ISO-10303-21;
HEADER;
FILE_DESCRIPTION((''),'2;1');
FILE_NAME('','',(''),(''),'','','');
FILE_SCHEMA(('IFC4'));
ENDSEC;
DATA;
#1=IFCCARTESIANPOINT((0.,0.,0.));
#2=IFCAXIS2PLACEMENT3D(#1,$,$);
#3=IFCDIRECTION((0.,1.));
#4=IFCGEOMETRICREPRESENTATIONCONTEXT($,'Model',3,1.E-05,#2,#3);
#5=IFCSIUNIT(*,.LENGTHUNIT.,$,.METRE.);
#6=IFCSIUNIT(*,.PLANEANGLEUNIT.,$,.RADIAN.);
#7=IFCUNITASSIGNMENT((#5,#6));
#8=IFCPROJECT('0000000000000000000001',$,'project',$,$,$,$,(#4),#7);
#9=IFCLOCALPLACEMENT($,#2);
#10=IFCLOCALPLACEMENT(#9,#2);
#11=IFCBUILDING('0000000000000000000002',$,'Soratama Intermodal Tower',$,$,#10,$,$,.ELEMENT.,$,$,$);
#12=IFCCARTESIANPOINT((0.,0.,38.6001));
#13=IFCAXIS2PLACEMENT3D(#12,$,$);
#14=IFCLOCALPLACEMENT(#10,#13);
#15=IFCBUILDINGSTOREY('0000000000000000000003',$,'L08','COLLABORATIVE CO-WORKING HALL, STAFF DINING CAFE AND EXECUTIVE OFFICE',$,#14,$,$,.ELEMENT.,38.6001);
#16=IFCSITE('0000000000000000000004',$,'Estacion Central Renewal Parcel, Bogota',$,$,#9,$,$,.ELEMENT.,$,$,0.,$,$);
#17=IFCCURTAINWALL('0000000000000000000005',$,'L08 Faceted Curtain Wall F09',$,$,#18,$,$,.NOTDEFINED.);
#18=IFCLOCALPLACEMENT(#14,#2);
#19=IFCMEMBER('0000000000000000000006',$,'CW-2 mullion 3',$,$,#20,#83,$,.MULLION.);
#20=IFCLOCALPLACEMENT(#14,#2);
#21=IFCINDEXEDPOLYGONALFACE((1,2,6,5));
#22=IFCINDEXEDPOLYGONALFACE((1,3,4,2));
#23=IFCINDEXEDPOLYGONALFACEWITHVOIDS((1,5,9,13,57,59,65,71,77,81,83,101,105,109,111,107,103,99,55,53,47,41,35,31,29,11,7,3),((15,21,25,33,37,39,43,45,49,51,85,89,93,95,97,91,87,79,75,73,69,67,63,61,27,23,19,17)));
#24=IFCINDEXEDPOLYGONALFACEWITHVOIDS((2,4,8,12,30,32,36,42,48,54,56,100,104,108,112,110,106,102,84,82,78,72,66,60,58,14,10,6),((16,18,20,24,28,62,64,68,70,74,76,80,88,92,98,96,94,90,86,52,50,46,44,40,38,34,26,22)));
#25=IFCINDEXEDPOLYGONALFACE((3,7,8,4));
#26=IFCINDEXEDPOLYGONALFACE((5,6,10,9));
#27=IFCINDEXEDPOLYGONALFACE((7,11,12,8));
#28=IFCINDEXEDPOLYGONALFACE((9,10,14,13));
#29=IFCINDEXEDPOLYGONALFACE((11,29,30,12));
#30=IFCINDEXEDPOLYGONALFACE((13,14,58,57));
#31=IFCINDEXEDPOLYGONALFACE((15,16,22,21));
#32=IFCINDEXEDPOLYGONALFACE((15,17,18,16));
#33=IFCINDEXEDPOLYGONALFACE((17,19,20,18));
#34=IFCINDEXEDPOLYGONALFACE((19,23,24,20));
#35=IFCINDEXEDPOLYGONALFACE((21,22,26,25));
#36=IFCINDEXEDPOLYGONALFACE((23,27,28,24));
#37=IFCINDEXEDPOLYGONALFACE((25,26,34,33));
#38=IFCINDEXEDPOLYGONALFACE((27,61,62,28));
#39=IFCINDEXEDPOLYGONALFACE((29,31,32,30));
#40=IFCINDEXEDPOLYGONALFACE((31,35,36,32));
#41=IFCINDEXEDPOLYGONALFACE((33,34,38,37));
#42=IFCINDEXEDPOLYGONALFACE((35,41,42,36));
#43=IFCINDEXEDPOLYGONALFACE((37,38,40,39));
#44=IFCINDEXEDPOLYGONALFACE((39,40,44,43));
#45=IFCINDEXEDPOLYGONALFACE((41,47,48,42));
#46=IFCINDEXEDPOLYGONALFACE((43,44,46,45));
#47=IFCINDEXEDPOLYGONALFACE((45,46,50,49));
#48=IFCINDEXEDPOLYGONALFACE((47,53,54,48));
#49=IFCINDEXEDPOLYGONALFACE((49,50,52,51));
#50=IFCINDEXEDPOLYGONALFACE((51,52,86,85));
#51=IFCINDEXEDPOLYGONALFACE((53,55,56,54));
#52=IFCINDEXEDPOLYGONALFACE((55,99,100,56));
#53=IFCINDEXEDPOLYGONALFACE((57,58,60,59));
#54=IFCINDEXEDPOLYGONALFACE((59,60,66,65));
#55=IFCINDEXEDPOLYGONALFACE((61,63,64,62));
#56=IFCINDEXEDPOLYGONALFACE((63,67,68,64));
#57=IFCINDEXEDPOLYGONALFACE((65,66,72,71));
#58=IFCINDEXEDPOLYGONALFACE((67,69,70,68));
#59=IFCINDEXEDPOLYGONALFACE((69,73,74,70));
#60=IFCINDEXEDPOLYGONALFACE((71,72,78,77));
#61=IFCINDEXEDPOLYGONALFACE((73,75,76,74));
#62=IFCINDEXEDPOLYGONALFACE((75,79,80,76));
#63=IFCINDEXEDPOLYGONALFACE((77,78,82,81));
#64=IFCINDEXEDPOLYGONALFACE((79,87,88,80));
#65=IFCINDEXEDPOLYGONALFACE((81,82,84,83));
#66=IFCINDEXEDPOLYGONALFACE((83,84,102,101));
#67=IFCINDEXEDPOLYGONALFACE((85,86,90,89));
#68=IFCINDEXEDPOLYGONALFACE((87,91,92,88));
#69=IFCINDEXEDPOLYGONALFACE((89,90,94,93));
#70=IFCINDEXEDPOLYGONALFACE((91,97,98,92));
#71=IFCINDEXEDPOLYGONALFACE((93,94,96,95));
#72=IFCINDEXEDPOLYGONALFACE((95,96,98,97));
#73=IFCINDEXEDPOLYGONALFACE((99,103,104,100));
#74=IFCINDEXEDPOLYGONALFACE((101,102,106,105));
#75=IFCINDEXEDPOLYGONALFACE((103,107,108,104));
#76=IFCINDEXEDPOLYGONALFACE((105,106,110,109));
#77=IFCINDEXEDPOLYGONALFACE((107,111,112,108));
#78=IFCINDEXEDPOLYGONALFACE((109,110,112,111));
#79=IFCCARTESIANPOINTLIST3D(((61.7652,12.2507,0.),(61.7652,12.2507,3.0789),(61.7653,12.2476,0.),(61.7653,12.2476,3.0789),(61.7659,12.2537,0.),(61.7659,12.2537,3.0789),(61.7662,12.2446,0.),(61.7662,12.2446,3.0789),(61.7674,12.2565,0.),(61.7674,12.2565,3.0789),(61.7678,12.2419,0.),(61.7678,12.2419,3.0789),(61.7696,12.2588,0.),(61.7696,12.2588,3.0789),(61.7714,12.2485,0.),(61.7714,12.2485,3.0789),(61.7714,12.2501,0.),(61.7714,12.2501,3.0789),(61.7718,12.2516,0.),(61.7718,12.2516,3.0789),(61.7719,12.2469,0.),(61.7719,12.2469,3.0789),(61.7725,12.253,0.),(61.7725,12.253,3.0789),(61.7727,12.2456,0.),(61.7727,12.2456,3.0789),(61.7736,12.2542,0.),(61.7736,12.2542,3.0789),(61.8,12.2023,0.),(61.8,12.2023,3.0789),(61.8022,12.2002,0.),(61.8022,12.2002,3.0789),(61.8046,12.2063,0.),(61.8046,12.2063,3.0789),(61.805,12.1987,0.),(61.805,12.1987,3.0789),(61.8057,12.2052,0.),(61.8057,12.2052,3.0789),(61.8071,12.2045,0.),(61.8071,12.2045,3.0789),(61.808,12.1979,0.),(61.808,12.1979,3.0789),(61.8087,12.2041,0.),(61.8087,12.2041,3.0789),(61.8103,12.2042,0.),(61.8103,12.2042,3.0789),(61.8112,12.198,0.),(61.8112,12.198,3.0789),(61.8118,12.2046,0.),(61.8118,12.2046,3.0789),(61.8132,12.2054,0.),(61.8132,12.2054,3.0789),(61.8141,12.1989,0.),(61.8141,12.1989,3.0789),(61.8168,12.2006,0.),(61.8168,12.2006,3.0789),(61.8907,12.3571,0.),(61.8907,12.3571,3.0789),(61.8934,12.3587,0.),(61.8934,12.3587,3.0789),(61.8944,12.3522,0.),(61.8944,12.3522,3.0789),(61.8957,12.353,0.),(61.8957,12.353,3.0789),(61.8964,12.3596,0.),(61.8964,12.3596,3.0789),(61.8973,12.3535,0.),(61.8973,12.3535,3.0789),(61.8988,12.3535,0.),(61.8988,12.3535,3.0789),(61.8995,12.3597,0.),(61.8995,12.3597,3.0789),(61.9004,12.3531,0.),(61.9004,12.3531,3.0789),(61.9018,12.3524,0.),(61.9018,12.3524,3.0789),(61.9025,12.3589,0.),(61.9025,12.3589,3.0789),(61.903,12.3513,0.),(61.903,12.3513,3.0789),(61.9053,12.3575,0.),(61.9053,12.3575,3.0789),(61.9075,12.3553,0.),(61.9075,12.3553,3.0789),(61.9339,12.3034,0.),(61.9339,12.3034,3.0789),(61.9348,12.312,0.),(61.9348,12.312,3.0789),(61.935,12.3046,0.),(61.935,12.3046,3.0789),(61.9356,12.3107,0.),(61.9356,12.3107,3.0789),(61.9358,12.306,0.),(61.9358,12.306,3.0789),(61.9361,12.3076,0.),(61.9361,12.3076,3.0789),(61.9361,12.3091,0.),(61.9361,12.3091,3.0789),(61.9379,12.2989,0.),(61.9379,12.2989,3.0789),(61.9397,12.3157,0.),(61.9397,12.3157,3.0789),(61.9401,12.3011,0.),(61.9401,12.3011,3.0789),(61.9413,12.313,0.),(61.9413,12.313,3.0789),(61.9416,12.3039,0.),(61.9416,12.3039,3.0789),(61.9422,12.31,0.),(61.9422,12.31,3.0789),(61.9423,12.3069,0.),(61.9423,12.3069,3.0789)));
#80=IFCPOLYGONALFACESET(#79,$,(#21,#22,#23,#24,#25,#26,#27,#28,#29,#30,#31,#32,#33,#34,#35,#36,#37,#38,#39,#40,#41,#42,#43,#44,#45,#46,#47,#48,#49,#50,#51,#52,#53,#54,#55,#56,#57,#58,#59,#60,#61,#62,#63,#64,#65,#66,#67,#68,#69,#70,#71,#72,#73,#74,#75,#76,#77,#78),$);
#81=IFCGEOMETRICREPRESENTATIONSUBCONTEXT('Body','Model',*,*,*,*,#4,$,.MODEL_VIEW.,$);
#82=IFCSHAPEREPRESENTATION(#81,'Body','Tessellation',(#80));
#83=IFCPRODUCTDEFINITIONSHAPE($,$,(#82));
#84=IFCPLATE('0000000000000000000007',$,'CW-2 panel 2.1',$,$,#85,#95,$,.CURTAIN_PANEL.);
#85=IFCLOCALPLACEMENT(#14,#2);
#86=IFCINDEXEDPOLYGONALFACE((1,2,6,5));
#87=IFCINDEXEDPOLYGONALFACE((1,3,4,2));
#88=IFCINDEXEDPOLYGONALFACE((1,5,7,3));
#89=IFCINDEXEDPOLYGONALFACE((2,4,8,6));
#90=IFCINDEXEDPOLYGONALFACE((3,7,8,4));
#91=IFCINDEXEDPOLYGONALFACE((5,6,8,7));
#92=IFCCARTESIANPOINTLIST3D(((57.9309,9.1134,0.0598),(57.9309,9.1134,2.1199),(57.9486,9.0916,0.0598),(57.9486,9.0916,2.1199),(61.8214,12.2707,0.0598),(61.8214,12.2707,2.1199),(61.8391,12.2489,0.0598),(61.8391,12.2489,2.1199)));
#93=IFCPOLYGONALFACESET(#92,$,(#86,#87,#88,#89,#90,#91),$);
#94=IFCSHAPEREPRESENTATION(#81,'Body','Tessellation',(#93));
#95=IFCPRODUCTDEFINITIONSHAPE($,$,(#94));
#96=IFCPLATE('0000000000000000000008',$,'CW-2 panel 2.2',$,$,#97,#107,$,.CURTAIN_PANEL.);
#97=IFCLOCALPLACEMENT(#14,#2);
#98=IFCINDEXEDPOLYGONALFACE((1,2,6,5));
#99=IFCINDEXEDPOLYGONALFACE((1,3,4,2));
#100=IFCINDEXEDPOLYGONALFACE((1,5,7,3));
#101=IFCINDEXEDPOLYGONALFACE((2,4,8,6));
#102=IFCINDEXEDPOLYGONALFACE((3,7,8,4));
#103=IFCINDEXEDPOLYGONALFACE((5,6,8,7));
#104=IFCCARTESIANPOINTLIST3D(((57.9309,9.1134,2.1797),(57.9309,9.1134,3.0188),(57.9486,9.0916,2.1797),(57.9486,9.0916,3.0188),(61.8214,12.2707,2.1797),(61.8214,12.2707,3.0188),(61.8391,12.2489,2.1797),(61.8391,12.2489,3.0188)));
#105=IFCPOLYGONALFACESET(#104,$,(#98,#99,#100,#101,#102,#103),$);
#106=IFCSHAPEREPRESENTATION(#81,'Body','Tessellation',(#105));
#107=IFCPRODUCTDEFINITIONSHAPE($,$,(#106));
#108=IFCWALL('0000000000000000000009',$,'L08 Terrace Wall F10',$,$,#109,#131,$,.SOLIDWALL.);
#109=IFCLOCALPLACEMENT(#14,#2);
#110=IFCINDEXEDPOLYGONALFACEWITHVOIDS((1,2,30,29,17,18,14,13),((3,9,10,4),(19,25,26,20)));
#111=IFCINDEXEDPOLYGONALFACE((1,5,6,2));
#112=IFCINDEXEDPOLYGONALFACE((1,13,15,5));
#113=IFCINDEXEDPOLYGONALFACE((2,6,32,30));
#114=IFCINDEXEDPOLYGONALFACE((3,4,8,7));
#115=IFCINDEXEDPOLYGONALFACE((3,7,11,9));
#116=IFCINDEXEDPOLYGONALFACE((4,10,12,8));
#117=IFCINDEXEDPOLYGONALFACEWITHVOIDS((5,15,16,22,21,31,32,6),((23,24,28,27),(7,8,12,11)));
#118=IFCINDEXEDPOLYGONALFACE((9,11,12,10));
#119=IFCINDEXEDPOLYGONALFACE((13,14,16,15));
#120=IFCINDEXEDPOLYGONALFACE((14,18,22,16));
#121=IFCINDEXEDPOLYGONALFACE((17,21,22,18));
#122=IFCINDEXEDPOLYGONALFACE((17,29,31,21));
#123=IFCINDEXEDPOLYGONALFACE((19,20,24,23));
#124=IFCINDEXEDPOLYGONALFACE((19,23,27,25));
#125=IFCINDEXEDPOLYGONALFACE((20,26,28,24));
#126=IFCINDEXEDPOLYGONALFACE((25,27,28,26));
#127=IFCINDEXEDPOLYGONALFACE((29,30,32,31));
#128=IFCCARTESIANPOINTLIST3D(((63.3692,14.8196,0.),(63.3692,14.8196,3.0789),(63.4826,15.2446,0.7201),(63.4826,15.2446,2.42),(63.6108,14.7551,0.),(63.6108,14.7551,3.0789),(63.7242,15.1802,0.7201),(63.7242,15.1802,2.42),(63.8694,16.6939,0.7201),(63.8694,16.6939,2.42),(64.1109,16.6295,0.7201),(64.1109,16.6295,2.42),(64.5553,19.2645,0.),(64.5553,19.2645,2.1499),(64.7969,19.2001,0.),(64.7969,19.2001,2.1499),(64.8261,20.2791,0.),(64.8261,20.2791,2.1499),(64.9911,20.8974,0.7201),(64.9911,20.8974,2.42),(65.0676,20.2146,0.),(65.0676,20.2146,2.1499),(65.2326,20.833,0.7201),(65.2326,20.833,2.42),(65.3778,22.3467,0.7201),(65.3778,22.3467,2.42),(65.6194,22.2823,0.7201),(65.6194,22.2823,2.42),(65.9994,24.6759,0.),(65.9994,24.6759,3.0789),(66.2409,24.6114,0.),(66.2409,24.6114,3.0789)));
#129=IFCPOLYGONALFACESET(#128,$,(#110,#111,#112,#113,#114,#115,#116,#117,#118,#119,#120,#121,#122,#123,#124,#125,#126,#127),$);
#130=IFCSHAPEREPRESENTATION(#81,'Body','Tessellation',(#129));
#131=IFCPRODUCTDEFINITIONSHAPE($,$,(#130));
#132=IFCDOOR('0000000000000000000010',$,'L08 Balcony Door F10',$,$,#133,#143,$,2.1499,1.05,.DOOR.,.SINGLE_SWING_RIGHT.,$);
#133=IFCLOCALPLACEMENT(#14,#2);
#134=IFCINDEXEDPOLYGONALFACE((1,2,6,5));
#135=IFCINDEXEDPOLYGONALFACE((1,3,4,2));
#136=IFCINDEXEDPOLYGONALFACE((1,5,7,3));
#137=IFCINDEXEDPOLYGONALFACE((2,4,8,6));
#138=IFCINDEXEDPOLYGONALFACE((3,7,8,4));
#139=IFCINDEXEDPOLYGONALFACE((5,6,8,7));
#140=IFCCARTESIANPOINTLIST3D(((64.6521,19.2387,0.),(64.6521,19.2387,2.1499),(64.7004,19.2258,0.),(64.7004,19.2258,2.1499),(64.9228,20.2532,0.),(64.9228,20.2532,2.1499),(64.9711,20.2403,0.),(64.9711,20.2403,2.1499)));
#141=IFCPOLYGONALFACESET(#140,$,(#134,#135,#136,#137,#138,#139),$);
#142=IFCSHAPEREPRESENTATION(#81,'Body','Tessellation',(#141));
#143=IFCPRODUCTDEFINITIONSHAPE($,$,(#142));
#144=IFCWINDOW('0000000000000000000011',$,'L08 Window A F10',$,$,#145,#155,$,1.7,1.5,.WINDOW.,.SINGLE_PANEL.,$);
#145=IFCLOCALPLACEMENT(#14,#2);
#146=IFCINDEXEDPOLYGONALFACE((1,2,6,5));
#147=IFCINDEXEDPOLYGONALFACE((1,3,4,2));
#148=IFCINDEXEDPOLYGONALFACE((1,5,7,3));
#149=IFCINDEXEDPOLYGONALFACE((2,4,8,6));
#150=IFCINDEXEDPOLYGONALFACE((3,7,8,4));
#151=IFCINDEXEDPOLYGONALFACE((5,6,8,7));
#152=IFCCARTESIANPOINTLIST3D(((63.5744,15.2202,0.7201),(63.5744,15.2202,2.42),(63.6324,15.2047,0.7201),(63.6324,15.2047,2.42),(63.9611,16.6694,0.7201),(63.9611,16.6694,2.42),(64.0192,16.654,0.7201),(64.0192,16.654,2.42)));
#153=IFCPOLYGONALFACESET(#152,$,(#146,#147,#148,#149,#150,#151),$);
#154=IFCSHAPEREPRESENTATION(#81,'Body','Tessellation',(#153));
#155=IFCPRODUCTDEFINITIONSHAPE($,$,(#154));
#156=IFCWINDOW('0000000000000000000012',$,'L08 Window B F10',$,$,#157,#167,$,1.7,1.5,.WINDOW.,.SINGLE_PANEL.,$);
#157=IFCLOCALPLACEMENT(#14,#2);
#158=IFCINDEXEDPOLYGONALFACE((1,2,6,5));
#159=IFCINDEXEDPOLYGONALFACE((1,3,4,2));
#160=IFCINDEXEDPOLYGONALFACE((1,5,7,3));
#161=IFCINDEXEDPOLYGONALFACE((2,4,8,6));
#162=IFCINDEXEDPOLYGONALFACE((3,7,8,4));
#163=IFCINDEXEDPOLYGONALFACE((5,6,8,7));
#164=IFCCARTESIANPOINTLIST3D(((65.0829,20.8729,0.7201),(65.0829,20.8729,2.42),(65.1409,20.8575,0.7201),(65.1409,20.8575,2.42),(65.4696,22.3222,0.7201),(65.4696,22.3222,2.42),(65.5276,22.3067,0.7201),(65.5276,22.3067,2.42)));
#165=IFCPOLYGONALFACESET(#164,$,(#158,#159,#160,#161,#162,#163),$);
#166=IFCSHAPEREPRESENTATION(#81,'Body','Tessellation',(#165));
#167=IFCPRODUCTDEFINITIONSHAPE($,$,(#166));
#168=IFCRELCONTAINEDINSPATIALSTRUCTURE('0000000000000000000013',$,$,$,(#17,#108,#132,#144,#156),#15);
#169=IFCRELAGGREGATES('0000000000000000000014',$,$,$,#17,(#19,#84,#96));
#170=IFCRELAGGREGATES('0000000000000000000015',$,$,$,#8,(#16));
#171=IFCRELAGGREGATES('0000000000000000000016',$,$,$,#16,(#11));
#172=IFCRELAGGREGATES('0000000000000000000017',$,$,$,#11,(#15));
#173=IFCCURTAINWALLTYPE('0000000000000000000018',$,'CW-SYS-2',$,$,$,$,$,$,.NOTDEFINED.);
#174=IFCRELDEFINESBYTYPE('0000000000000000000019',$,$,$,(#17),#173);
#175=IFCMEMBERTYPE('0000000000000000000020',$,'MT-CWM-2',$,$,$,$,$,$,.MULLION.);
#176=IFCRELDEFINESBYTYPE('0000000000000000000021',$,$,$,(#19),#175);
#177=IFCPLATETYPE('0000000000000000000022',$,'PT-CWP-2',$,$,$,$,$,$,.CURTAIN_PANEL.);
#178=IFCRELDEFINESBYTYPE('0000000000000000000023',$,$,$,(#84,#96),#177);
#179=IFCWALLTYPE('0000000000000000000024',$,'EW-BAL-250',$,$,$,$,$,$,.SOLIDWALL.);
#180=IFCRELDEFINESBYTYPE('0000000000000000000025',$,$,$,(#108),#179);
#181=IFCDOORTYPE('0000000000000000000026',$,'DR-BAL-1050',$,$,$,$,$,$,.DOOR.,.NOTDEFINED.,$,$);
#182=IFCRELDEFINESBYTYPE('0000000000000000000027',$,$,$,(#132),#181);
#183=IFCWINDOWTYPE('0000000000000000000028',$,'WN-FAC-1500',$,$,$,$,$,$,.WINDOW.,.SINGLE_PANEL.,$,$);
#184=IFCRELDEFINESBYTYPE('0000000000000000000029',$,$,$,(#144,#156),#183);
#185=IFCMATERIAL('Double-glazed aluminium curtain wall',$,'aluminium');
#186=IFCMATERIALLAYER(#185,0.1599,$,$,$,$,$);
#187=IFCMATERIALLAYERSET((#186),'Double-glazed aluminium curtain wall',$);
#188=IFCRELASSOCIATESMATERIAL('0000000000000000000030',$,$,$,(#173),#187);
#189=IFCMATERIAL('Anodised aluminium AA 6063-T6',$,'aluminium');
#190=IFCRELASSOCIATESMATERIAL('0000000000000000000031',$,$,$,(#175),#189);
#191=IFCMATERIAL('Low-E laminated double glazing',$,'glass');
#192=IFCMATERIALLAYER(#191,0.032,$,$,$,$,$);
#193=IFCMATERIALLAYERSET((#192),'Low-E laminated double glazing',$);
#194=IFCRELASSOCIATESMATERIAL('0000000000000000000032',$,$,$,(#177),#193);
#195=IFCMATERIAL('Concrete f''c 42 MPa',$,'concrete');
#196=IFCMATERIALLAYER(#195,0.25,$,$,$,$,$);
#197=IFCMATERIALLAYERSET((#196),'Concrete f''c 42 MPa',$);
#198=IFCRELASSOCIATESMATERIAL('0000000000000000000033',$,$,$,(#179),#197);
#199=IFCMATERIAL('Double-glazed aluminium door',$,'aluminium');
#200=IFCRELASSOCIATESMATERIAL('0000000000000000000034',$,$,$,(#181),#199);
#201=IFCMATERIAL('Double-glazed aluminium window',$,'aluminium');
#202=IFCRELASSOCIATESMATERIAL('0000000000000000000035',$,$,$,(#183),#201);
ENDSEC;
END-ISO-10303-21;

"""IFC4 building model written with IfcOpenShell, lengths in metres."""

from ifc_helpers import new_model, si_unit, direction, frame, frame_2d, origin, origin_2d, place, context, subcontext, project, spatial, rectangle, hollow_rectangle, extrude, material, layer, layer_set, material_profile, profile_set, type_object, element, fill, aggregate, save


model = new_model("IFC4")

# Units and contexts
model_context = context("Model", 3, precision=1e-05, world=origin(), true_north=direction((0.0, 1.0)))
body_context = subcontext(model_context, "Body", "Model", "MODEL_VIEW")
ifc_project = project(units=[si_unit("LENGTHUNIT", "METRE"), si_unit("PLANEANGLEUNIT", "RADIAN")], contexts=[model_context])

# Site, building, storey
site_placement = place(None, origin())
site = spatial("IfcSite", under=ifc_project, at=site_placement, Name="Estacion Central Renewal Parcel, Bogota", CompositionType="ELEMENT", RefElevation=0.0)
building_placement = place(site_placement, origin())
building = spatial("IfcBuilding", under=site, at=building_placement, Name="Soratama Intermodal Tower", CompositionType="ELEMENT")
storey_placement = place(building_placement, frame((0.0, 0.0, 38.6001)))
storey = spatial("IfcBuildingStorey", under=building, at=storey_placement, Name="L08", Description="COLLABORATIVE CO-WORKING HALL, STAFF DINING CAFE AND EXECUTIVE OFFICE", CompositionType="ELEMENT", Elevation=38.6001)

# Curtain wall, member, plates
ifc_material_1 = material(Name="Double-glazed aluminium curtain wall", Category="aluminium")
ifc_layer_1 = layer(ifc_material_1, 0.1599)
ifc_layer_set_1 = layer_set([ifc_layer_1], Name="Double-glazed aluminium curtain wall")
curtain_wall_type = type_object("IfcCurtainWallType", Name="CW-SYS-2", PredefinedType="NOTDEFINED", material=ifc_layer_set_1)
curtain_wall_placement = place(storey_placement, origin())
curtain_wall = element("IfcCurtainWall", 1, at=curtain_wall_placement, inside=storey, type_object=curtain_wall_type, Name="L08 Faceted Curtain Wall F09", PredefinedType="NOTDEFINED")
ifc_material_2 = material(Name="Anodised aluminium AA 6063-T6", Category="aluminium")
ifc_material_profile_1 = material_profile(ifc_material_2, hollow_rectangle(XDim=0.075, YDim=0.1799, WallThickness=0.0061, InnerFilletRadius=0.0061, OuterFilletRadius=0.012, at=origin_2d()), Name="CWM180X75X6")
ifc_profile_set_1 = profile_set([ifc_material_profile_1], Name="Anodised aluminium AA 6063-T6")
member_type = type_object("IfcMemberType", Name="MT-CWM-2", PredefinedType="MULLION", material=ifc_profile_set_1)
member_placement = place(storey_placement, frame((61.8538, 12.2788, 0.0), z_axis=(0.0, 0.0, 1.0), x_axis=(-0.630137, 0.776484, 0.0)))
member = element("IfcMember", 2, at=member_placement, type_object=member_type, Name="CW-2 mullion 3", PredefinedType="MULLION", context=body_context, shape_type="SweptSolid", body=[
    extrude(hollow_rectangle(XDim=0.075, YDim=0.1799, WallThickness=0.0061, InnerFilletRadius=0.0061, OuterFilletRadius=0.012, at=origin_2d()), origin(), (0.0, 0.0, 1.0), 3.0789),
])
ifc_material_3 = material(Name="Low-E laminated double glazing", Category="glass")
ifc_layer_2 = layer(ifc_material_3, 0.032)
ifc_layer_set_2 = layer_set([ifc_layer_2], Name="Low-E laminated double glazing")
plate_type = type_object("IfcPlateType", Name="PT-CWP-2", PredefinedType="CURTAIN_PANEL", material=ifc_layer_set_2)
plate_1_placement = place(storey_placement, frame((59.885, 10.6812, 0.0598), z_axis=(0.0, 0.0, 1.0), x_axis=(0.776484, 0.630137, 0.0)))
plate_1 = element("IfcPlate", 3, at=plate_1_placement, type_object=plate_type, Name="CW-2 panel 2.1", PredefinedType="CURTAIN_PANEL", context=body_context, shape_type="SweptSolid", body=[
    extrude(rectangle(XDim=5.0105, YDim=0.0281, at=origin_2d()), origin(), (0.0, 0.0, 1.0), 2.0601),
])
plate_2_placement = place(storey_placement, frame((59.885, 10.6812, 2.1797), z_axis=(0.0, 0.0, 1.0), x_axis=(0.776484, 0.630137, 0.0)))
plate_2 = element("IfcPlate", 4, at=plate_2_placement, type_object=plate_type, Name="CW-2 panel 2.2", PredefinedType="CURTAIN_PANEL", context=body_context, shape_type="SweptSolid", body=[
    extrude(rectangle(XDim=5.0105, YDim=0.0281, at=origin_2d()), origin(), (0.0, 0.0, 1.0), 0.8391),
])
aggregate(curtain_wall, [member, plate_1, plate_2])

# Wall, openings, door, windows
ifc_material_4 = material(Name="Concrete f'c 42 MPa", Category="concrete")
ifc_layer_3 = layer(ifc_material_4, 0.25)
ifc_layer_set_3 = layer_set([ifc_layer_3], Name="Concrete f'c 42 MPa")
wall_type_1 = type_object("IfcWallType", Name="EW-BAL-250", PredefinedType="SOLIDWALL", material=ifc_layer_set_3)
wall_1_placement = place(storey_placement, frame((63.49, 14.7874, 0.0), z_axis=(0.0, 0.0, 1.0), x_axis=(0.257828, 0.966191, 0.0)))
wall_1 = element("IfcWall", 5, at=wall_1_placement, inside=storey, type_object=wall_type_1, Name="L08 Terrace Wall F10", PredefinedType="SOLIDWALL", context=body_context, shape_type="SweptSolid", body=[
    extrude(rectangle(XDim=10.2012, YDim=0.25, at=frame_2d((5.1006, 0.0))), origin(), (0.0, 0.0, 1.0), 3.0789),
])
opening_1_placement = place(wall_1_placement, frame((4.6006, 0.0, 0.0)))
opening_1 = element("IfcOpeningElement", 6, at=opening_1_placement, cuts=wall_1, PredefinedType="OPENING", context=body_context, shape_type="SweptSolid", body=[
    extrude(rectangle(XDim=1.05, YDim=2.1499, at=frame_2d((0.5249, 1.075))), frame((0.0, 0.135, 0.0), z_axis=(0.0, -1.0, 0.0), x_axis=(1.0, 0.0, 0.0)), (0.0, 0.0, 1.0), 0.27),
])
opening_2_placement = place(wall_1_placement, frame((0.4399, 0.0, 0.72)))
opening_2 = element("IfcOpeningElement", 7, at=opening_2_placement, cuts=wall_1, PredefinedType="OPENING", context=body_context, shape_type="SweptSolid", body=[
    extrude(rectangle(XDim=1.5, YDim=1.7, at=frame_2d((0.75, 0.8501))), frame((0.0, 0.135, 0.0), z_axis=(0.0, -1.0, 0.0), x_axis=(1.0, 0.0, 0.0)), (0.0, 0.0, 1.0), 0.27),
])
opening_3_placement = place(wall_1_placement, frame((6.2905, 0.0, 0.72)))
opening_3 = element("IfcOpeningElement", 8, at=opening_3_placement, cuts=wall_1, PredefinedType="OPENING", context=body_context, shape_type="SweptSolid", body=[
    extrude(rectangle(XDim=1.5, YDim=1.7, at=frame_2d((0.75, 0.8501))), frame((0.0, 0.135, 0.0), z_axis=(0.0, -1.0, 0.0), x_axis=(1.0, 0.0, 0.0)), (0.0, 0.0, 1.0), 0.27),
])
ifc_material_5 = material(Name="Double-glazed aluminium door", Category="aluminium")
door_type_1 = type_object("IfcDoorType", Name="DR-BAL-1050", OperationType="NOTDEFINED", PredefinedType="DOOR", material=ifc_material_5)
door_1_placement = place(opening_1_placement, origin())
door_1 = element("IfcDoor", 9, at=door_1_placement, inside=storey, type_object=door_type_1, Name="L08 Balcony Door F10", OperationType="SINGLE_SWING_RIGHT", OverallHeight=2.1499, OverallWidth=1.05, PredefinedType="DOOR", context=body_context, shape_type="SweptSolid", body=[
    extrude(rectangle(XDim=1.05, YDim=2.1499, at=frame_2d((0.5249, 1.075))), frame((0.0, 0.0249, 0.0), z_axis=(0.0, -1.0, 0.0), x_axis=(1.0, 0.0, 0.0)), (0.0, 0.0, 1.0), 0.05),
])
fill(opening_1, door_1)
ifc_material_6 = material(Name="Double-glazed aluminium window", Category="aluminium")
window_type_1 = type_object("IfcWindowType", Name="WN-FAC-1500", PartitioningType="SINGLE_PANEL", PredefinedType="WINDOW", material=ifc_material_6)
window_1_placement = place(opening_2_placement, origin())
window_1 = element("IfcWindow", 10, at=window_1_placement, inside=storey, type_object=window_type_1, Name="L08 Window A F10", OverallHeight=1.7, OverallWidth=1.5, PartitioningType="SINGLE_PANEL", PredefinedType="WINDOW", context=body_context, shape_type="SweptSolid", body=[
    extrude(rectangle(XDim=1.5, YDim=1.7, at=frame_2d((0.75, 0.8501))), frame((0.0, 0.03, 0.0), z_axis=(0.0, -1.0, 0.0), x_axis=(1.0, 0.0, 0.0)), (0.0, 0.0, 1.0), 0.0601),
])
fill(opening_2, window_1)
window_2_placement = place(opening_3_placement, origin())
window_2 = element("IfcWindow", 11, at=window_2_placement, inside=storey, type_object=window_type_1, Name="L08 Window B F10", OverallHeight=1.7, OverallWidth=1.5, PartitioningType="SINGLE_PANEL", PredefinedType="WINDOW", context=body_context, shape_type="SweptSolid", body=[
    extrude(rectangle(XDim=1.5, YDim=1.7, at=frame_2d((0.75, 0.8501))), frame((0.0, 0.03, 0.0), z_axis=(0.0, -1.0, 0.0), x_axis=(1.0, 0.0, 0.0)), (0.0, 0.0, 1.0), 0.0601),
])
fill(opening_3, window_2)

save(model, "model.ifc")
